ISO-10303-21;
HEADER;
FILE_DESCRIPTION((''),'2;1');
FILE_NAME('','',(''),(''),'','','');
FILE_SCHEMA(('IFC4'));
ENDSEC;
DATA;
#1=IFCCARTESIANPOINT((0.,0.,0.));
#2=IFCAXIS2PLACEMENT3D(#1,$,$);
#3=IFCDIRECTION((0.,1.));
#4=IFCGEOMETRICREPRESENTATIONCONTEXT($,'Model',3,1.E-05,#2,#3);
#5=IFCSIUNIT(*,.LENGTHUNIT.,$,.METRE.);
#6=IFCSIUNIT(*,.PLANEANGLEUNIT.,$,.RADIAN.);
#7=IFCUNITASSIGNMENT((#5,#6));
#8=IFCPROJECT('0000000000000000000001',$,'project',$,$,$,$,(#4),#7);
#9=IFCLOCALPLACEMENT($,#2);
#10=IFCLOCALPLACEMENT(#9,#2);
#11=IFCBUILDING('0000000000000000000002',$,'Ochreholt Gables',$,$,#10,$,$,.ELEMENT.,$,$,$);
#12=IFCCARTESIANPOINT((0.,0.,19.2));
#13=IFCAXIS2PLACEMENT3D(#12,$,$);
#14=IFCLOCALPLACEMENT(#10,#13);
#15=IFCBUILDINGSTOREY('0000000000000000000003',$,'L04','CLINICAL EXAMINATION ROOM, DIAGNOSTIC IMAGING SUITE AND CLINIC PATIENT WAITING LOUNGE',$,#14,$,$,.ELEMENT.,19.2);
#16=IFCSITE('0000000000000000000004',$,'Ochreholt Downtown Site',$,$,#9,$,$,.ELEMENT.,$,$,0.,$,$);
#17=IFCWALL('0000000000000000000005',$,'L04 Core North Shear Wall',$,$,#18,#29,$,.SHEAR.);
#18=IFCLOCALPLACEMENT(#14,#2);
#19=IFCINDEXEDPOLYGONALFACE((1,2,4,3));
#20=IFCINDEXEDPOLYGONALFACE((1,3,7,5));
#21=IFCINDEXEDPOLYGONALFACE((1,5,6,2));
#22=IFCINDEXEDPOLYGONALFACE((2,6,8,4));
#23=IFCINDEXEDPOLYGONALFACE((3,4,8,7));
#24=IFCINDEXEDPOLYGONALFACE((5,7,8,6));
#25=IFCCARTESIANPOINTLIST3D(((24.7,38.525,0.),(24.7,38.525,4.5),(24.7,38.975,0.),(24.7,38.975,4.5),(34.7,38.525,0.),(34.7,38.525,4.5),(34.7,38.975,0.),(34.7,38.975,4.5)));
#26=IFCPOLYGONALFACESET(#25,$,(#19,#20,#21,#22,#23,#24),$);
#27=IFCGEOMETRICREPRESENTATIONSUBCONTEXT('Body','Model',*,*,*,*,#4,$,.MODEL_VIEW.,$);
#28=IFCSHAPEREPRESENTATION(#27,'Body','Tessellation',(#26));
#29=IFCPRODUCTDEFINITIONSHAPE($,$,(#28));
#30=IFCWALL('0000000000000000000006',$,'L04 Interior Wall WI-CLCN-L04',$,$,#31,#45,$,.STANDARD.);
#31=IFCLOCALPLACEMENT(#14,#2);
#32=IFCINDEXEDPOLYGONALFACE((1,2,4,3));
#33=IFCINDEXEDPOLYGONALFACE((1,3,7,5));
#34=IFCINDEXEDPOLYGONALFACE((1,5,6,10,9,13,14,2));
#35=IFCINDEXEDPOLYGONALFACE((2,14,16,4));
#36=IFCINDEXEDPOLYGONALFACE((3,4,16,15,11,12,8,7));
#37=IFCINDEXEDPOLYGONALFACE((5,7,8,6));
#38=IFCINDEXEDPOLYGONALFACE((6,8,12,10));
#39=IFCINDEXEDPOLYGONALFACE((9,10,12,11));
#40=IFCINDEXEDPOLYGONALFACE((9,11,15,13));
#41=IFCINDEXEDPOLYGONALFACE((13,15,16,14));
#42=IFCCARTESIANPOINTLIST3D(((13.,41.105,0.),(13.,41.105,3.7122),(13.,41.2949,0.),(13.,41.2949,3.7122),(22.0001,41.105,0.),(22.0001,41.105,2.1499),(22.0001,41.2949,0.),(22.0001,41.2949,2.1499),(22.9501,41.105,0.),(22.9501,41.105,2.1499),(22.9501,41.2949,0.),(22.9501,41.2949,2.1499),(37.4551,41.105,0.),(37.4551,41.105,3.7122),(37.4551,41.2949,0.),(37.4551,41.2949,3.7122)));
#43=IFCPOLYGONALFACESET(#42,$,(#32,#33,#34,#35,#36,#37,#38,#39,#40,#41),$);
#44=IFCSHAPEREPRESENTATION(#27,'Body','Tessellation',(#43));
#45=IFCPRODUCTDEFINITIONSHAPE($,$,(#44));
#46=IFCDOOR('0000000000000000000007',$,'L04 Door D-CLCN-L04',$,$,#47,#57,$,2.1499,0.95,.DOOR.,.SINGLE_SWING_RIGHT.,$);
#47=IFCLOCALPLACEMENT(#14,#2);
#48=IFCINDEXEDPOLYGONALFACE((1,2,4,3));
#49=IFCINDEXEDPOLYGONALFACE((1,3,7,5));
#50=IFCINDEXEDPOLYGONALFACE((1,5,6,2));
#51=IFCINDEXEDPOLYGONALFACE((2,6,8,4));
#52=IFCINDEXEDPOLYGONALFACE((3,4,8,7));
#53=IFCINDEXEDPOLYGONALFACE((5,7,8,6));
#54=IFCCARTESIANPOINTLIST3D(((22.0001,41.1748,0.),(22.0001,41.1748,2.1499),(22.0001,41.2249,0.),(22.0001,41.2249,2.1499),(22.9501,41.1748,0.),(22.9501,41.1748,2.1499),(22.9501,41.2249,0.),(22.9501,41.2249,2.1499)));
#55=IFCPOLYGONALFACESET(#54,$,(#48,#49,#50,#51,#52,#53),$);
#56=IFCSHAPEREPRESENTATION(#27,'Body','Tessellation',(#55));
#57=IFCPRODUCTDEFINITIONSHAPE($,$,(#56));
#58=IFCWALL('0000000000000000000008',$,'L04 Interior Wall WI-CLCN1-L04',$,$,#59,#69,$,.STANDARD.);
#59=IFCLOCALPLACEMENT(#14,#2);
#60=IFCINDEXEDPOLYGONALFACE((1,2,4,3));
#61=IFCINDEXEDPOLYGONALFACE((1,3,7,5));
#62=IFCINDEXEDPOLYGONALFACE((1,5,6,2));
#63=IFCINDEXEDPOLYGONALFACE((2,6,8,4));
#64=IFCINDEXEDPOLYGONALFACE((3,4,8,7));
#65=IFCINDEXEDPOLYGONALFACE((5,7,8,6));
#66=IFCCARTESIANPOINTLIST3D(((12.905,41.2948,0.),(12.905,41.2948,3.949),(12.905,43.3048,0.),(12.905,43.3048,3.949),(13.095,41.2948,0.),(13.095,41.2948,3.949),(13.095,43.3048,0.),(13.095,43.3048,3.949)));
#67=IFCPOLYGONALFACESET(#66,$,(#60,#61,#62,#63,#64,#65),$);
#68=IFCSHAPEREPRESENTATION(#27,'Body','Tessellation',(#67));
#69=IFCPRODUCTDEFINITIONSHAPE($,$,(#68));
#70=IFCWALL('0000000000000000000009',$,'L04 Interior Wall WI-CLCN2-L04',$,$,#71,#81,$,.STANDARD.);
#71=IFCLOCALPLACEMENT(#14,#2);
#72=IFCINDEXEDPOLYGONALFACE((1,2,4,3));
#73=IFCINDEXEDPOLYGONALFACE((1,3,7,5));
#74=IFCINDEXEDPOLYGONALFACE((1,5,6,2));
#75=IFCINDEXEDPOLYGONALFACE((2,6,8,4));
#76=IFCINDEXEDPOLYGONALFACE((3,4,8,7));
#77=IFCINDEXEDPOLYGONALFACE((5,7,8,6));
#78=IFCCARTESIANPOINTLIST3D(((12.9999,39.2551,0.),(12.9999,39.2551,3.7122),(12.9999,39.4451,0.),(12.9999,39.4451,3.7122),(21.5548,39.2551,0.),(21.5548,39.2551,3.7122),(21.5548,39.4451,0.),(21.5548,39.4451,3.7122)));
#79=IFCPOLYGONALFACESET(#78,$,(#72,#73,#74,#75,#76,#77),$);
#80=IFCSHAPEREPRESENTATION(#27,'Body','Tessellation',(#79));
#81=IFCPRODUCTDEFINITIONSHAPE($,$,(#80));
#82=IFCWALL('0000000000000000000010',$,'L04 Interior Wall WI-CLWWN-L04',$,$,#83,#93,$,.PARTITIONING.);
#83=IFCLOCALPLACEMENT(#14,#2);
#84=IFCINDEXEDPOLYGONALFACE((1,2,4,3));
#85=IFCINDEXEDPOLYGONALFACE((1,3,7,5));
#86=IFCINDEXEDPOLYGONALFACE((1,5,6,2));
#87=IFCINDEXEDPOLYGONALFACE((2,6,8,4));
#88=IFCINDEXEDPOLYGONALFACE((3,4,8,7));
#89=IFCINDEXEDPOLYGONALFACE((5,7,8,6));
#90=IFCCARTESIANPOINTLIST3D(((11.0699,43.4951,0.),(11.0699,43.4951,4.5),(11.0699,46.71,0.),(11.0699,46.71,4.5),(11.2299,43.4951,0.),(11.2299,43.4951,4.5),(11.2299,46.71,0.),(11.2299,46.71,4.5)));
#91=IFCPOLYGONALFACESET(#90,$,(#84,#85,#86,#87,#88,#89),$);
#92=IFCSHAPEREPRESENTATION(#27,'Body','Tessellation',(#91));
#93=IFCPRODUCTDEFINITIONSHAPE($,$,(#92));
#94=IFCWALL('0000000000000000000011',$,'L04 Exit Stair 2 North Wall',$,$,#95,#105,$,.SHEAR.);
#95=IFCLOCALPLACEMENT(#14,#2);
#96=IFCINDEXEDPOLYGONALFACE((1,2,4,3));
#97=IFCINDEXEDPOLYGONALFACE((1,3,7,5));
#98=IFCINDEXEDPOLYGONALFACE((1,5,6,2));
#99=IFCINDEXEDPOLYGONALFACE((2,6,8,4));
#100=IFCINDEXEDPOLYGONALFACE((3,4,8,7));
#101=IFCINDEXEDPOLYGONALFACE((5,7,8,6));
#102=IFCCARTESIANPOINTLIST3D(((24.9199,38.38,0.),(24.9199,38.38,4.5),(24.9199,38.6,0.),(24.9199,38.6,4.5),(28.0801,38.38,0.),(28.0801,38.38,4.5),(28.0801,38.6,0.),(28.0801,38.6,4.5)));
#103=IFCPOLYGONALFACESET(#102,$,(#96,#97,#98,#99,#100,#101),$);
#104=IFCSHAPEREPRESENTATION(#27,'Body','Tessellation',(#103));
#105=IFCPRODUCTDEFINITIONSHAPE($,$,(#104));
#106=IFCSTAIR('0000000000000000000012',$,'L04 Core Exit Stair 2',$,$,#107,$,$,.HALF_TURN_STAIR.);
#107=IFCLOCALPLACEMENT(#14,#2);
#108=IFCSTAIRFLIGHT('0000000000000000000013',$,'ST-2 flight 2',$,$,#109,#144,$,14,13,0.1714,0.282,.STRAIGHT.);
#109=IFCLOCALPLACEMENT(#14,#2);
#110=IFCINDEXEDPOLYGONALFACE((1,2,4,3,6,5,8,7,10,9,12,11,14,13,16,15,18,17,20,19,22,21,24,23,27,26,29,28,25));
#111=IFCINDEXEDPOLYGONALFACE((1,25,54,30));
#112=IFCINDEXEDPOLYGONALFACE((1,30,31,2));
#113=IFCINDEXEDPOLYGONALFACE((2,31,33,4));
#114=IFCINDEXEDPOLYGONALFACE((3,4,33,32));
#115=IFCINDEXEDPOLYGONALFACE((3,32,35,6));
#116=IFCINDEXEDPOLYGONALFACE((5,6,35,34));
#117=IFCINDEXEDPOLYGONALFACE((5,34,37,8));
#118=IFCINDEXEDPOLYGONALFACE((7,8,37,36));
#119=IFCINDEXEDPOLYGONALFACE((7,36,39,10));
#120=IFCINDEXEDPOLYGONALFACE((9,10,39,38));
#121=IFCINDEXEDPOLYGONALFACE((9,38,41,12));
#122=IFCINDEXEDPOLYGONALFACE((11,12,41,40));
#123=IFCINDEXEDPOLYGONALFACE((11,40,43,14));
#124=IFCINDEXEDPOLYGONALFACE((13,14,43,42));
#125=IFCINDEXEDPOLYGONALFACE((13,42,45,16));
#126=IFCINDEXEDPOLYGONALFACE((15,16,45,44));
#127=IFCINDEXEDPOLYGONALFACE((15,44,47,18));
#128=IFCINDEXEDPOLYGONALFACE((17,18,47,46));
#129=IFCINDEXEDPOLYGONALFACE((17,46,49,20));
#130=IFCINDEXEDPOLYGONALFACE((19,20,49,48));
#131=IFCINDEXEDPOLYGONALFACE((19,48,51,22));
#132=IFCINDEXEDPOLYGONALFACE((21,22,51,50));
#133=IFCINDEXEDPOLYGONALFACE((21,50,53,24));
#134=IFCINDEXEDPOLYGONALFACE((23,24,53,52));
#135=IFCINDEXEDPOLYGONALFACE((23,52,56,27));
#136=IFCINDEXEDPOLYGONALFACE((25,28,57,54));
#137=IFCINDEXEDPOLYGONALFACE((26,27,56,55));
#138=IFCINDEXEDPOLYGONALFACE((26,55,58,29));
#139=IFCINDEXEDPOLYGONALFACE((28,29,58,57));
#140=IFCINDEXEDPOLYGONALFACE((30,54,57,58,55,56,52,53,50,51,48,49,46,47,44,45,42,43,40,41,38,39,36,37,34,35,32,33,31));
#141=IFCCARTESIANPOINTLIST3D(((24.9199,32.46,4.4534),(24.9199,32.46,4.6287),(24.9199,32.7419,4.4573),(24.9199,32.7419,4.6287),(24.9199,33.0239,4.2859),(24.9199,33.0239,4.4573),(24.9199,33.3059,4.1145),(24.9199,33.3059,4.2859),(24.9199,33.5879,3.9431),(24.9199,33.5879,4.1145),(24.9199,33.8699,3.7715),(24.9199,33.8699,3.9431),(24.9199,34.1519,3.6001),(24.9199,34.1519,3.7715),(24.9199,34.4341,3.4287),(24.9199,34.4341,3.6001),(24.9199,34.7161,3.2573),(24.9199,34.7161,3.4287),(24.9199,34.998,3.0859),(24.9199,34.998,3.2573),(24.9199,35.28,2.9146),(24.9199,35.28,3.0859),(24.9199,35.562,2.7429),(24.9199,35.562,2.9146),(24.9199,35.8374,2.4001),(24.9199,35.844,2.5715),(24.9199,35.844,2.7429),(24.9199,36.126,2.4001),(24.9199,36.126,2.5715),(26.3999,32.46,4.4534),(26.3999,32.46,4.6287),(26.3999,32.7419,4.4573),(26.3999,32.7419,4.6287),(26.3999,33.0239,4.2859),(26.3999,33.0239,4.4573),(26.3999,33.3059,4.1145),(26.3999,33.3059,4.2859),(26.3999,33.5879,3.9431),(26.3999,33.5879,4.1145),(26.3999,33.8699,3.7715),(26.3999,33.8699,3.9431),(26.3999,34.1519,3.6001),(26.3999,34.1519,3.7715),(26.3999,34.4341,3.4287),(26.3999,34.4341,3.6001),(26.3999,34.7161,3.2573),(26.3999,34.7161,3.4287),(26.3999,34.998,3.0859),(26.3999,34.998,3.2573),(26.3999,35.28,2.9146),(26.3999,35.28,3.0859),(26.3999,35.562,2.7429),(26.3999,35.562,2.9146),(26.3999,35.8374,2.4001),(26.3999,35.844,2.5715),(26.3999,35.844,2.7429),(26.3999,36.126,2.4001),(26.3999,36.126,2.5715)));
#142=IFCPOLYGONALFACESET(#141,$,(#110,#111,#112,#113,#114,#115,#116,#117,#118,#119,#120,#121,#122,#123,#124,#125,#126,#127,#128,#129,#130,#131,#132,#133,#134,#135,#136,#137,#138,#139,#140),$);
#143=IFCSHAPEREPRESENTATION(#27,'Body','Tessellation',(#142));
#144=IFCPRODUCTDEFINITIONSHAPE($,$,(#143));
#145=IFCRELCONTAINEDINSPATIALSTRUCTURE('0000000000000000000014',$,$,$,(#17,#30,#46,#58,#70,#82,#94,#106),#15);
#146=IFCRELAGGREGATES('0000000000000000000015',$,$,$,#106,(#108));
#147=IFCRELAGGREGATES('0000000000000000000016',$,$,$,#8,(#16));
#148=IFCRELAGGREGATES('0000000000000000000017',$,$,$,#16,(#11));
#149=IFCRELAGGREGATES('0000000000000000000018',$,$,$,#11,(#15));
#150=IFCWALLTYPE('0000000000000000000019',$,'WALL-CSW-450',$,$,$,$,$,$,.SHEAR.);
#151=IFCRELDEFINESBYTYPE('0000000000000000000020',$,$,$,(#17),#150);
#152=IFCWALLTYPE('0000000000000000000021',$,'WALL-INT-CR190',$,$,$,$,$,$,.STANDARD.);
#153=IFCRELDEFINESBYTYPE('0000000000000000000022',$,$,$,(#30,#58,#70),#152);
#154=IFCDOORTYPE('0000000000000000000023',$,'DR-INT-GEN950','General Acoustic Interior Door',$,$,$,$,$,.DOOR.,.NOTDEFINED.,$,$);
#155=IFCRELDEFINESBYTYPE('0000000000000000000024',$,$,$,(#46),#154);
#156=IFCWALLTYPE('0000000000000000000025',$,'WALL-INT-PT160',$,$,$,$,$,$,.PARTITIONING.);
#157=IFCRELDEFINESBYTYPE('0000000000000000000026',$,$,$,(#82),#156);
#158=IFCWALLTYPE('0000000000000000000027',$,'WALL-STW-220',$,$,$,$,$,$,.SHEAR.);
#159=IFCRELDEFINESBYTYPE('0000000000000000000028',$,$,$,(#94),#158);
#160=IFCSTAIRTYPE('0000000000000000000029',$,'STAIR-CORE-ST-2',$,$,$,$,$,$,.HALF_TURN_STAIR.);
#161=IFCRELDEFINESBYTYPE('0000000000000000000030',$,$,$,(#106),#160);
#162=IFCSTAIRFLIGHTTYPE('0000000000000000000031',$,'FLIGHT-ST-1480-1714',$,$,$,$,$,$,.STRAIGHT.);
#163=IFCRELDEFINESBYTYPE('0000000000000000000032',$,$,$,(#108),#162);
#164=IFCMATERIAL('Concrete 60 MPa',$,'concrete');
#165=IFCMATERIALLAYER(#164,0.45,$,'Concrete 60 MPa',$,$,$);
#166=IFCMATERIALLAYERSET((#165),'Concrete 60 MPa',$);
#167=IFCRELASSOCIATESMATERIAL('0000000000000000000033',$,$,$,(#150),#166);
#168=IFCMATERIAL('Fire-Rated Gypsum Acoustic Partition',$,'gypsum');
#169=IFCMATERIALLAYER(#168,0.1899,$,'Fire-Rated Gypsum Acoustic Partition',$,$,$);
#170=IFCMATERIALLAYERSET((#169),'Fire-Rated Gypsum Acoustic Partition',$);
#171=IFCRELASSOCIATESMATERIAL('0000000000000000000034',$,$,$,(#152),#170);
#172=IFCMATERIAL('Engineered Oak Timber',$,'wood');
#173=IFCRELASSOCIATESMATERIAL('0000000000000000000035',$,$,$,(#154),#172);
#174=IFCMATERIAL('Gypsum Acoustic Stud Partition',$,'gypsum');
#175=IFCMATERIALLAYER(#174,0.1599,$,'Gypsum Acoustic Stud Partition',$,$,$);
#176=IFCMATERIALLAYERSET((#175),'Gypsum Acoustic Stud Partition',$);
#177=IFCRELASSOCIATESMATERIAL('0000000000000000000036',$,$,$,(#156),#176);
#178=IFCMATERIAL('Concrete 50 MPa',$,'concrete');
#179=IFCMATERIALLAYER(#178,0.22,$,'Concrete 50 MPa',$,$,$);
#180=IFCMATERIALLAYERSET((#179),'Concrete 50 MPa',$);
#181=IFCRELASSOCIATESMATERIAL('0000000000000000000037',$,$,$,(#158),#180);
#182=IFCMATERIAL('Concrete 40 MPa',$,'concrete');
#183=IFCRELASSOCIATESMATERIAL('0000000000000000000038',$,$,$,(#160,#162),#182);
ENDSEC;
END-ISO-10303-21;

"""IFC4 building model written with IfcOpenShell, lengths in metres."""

from ifc_helpers import new_model, si_unit, direction, frame, frame_2d, origin, place, context, subcontext, project, spatial, polyline, rectangle, outline, extrude, material, layer, layer_set, type_object, element, fill, aggregate, save


model = new_model("IFC4")

# Units and contexts
model_context = context("Model", 3, precision=1e-05, world=origin(), true_north=direction((0.0, 1.0)))
body_context = subcontext(model_context, "Body", "Model", "MODEL_VIEW")
ifc_project = project(units=[si_unit("LENGTHUNIT", "METRE"), si_unit("PLANEANGLEUNIT", "RADIAN")], contexts=[model_context])

# Site, building, storey
site_placement = place(None, origin())
site = spatial("IfcSite", under=ifc_project, at=site_placement, Name="Ochreholt Downtown Site", CompositionType="ELEMENT", RefElevation=0.0)
building_placement = place(site_placement, origin())
building = spatial("IfcBuilding", under=site, at=building_placement, Name="Ochreholt Gables", CompositionType="ELEMENT")
storey_placement = place(building_placement, frame((0.0, 0.0, 19.2)))
storey = spatial("IfcBuildingStorey", under=building, at=storey_placement, Name="L04", Description="CLINICAL EXAMINATION ROOM, DIAGNOSTIC IMAGING SUITE AND CLINIC PATIENT WAITING LOUNGE", CompositionType="ELEMENT", Elevation=19.2)

# Shared definitions
ifc_material_1 = material(Name="Concrete 60 MPa", Category="concrete")

# Wall
ifc_layer_1 = layer(ifc_material_1, 0.45, Name="Concrete 60 MPa")
ifc_layer_set_1 = layer_set([ifc_layer_1], Name="Concrete 60 MPa")
wall_type_1 = type_object("IfcWallType", Name="WALL-CSW-450", PredefinedType="SHEAR", material=ifc_layer_set_1)
wall_1_placement = place(storey_placement, frame((24.7, 38.75, 0.0), z_axis=(0.0, 0.0, 1.0), x_axis=(1.0, 0.0, 0.0)))
element("IfcWall", 1, at=wall_1_placement, inside=storey, type_object=wall_type_1, Name="L04 Core North Shear Wall", PredefinedType="SHEAR", context=body_context, shape_type="SweptSolid", body=[
    extrude(rectangle(XDim=10.0, YDim=0.45, at=frame_2d((5.0, 0.0))), origin(), (0.0, 0.0, 1.0), 4.5),
])

# Wall, opening, door
ifc_material_2 = material(Name="Fire-Rated Gypsum Acoustic Partition", Category="gypsum")
ifc_layer_2 = layer(ifc_material_2, 0.1899, Name="Fire-Rated Gypsum Acoustic Partition")
ifc_layer_set_2 = layer_set([ifc_layer_2], Name="Fire-Rated Gypsum Acoustic Partition")
wall_type_2 = type_object("IfcWallType", Name="WALL-INT-CR190", PredefinedType="STANDARD", material=ifc_layer_set_2)
wall_2_placement = place(storey_placement, frame((13.0, 41.2, 0.0), z_axis=(0.0, 0.0, 1.0), x_axis=(1.0, 0.0, 0.0)))
wall_2 = element("IfcWall", 2, at=wall_2_placement, inside=storey, type_object=wall_type_2, Name="L04 Interior Wall WI-CLCN-L04", PredefinedType="STANDARD", context=body_context, shape_type="SweptSolid", body=[
    extrude(rectangle(XDim=24.4551, YDim=0.1899, at=frame_2d((12.2275, 0.0))), origin(), (0.0, 0.0, 1.0), 3.7122),
])
opening_placement = place(wall_2_placement, frame((9.0, 0.0, 0.0)))
opening = element("IfcOpeningElement", 3, at=opening_placement, cuts=wall_2, PredefinedType="OPENING", context=body_context, shape_type="SweptSolid", body=[
    extrude(rectangle(XDim=0.95, YDim=2.1499, at=frame_2d((0.4751, 1.075))), frame((0.0, 0.105, 0.0), z_axis=(0.0, -1.0, 0.0), x_axis=(1.0, 0.0, 0.0)), (0.0, 0.0, 1.0), 0.21),
])
ifc_material_3 = material(Name="Engineered Oak Timber", Category="wood")
door_type = type_object("IfcDoorType", Name="DR-INT-GEN950", Description="General Acoustic Interior Door", OperationType="NOTDEFINED", PredefinedType="DOOR", material=ifc_material_3)
door_placement = place(opening_placement, origin())
door = element("IfcDoor", 4, at=door_placement, inside=storey, type_object=door_type, Name="L04 Door D-CLCN-L04", OperationType="SINGLE_SWING_RIGHT", OverallHeight=2.1499, OverallWidth=0.95, PredefinedType="DOOR", context=body_context, shape_type="SweptSolid", body=[
    extrude(rectangle(XDim=0.95, YDim=2.1499, at=frame_2d((0.4751, 1.075))), frame((0.0, 0.0249, 0.0), z_axis=(0.0, -1.0, 0.0), x_axis=(1.0, 0.0, 0.0)), (0.0, 0.0, 1.0), 0.05),
])
fill(opening, door)

# Walls
wall_3_placement = place(storey_placement, frame((13.0, 41.2949, 0.0), z_axis=(0.0, 0.0, 1.0), x_axis=(0.0, 1.0, 0.0)))
element("IfcWall", 5, at=wall_3_placement, inside=storey, type_object=wall_type_2, Name="L04 Interior Wall WI-CLCN1-L04", PredefinedType="STANDARD", context=body_context, shape_type="SweptSolid", body=[
    extrude(rectangle(XDim=2.01, YDim=0.1899, at=frame_2d((1.0049, 0.0))), origin(), (0.0, 0.0, 1.0), 3.949),
])
wall_4_placement = place(storey_placement, frame((13.0, 39.3501, 0.0), z_axis=(0.0, 0.0, 1.0), x_axis=(1.0, 0.0, 0.0)))
element("IfcWall", 6, at=wall_4_placement, inside=storey, type_object=wall_type_2, Name="L04 Interior Wall WI-CLCN2-L04", PredefinedType="STANDARD", context=body_context, shape_type="SweptSolid", body=[
    extrude(rectangle(XDim=8.5549, YDim=0.1899, at=frame_2d((4.2773, 0.0))), origin(), (0.0, 0.0, 1.0), 3.7122),
])
ifc_material_4 = material(Name="Gypsum Acoustic Stud Partition", Category="gypsum")
ifc_layer_3 = layer(ifc_material_4, 0.1599, Name="Gypsum Acoustic Stud Partition")
ifc_layer_set_3 = layer_set([ifc_layer_3], Name="Gypsum Acoustic Stud Partition")
wall_type_3 = type_object("IfcWallType", Name="WALL-INT-PT160", PredefinedType="PARTITIONING", material=ifc_layer_set_3)
wall_5_placement = place(storey_placement, frame((11.1499, 43.4951, 0.0), z_axis=(0.0, 0.0, 1.0), x_axis=(0.0, 1.0, 0.0)))
element("IfcWall", 7, at=wall_5_placement, inside=storey, type_object=wall_type_3, Name="L04 Interior Wall WI-CLWWN-L04", PredefinedType="PARTITIONING", context=body_context, shape_type="SweptSolid", body=[
    extrude(rectangle(XDim=3.2148, YDim=0.1599, at=frame_2d((1.6074, 0.0))), origin(), (0.0, 0.0, 1.0), 4.5),
])
ifc_material_5 = material(Name="Concrete 50 MPa", Category="concrete")
ifc_layer_4 = layer(ifc_material_5, 0.22, Name="Concrete 50 MPa")
ifc_layer_set_4 = layer_set([ifc_layer_4], Name="Concrete 50 MPa")
wall_type_4 = type_object("IfcWallType", Name="WALL-STW-220", PredefinedType="SHEAR", material=ifc_layer_set_4)
wall_6_placement = place(storey_placement, frame((24.9199, 38.49, 0.0), z_axis=(0.0, 0.0, 1.0), x_axis=(1.0, 0.0, 0.0)))
element("IfcWall", 8, at=wall_6_placement, inside=storey, type_object=wall_type_4, Name="L04 Exit Stair 2 North Wall", PredefinedType="SHEAR", context=body_context, shape_type="SweptSolid", body=[
    extrude(rectangle(XDim=3.1602, YDim=0.22, at=frame_2d((1.5801, 0.0))), origin(), (0.0, 0.0, 1.0), 4.5),
])

# Stair, stair flight
ifc_material_6 = material(Name="Concrete 40 MPa", Category="concrete")
stair_type = type_object("IfcStairType", Name="STAIR-CORE-ST-2", PredefinedType="HALF_TURN_STAIR", material=ifc_material_6)
stair_placement = place(storey_placement, origin())
stair = element("IfcStair", 9, at=stair_placement, inside=storey, type_object=stair_type, Name="L04 Core Exit Stair 2", PredefinedType="HALF_TURN_STAIR")
stair_flight_type = type_object("IfcStairFlightType", Name="FLIGHT-ST-1480-1714", PredefinedType="STRAIGHT", material=ifc_material_6)
stair_flight_placement = place(storey_placement, frame((25.6599, 36.126, 2.4001), z_axis=(0.0, 0.0, 1.0), x_axis=(0.0, -1.0, 0.0)))
stair_flight = element("IfcStairFlight", 10, at=stair_flight_placement, type_object=stair_flight_type, Name="ST-2 flight 2", NumberOfRisers=14, NumberOfTreads=13, PredefinedType="STRAIGHT", RiserHeight=0.1714, TreadLength=0.282, context=body_context, shape_type="SweptSolid", body=[
    extrude(outline(polyline([(0.0, 0.0), (0.0, 0.1714), (0.282, 0.1714), (0.282, 0.3428), (0.564, 0.3428), (0.564, 0.5144), (0.8459, 0.5144), (0.8459, 0.6858), (1.1279, 0.6858), (1.1279, 0.8572), (1.4099, 0.8572), (1.4099, 1.0286), (1.6919, 1.0286), (1.6919, 1.2), (1.9741, 1.2), (1.9741, 1.3713), (2.2561, 1.3713), (2.2561, 1.543), (2.5381, 1.543), (2.5381, 1.7144), (2.8201, 1.7144), (2.8201, 1.8857), (3.1021, 1.8857), (3.1021, 2.0571), (3.384, 2.0571), (3.384, 2.2285), (3.666, 2.2285), (3.666, 2.3999), (3.666, 2.0532), (0.2886, 0.0), (0.0, 0.0)])), frame((0.0, 0.74, 0.0), z_axis=(0.0, -1.0, 0.0), x_axis=(1.0, 0.0, 0.0)), (0.0, 0.0, 1.0), 1.48),
])
aggregate(stair, [stair_flight])

save(model, "model.ifc")
